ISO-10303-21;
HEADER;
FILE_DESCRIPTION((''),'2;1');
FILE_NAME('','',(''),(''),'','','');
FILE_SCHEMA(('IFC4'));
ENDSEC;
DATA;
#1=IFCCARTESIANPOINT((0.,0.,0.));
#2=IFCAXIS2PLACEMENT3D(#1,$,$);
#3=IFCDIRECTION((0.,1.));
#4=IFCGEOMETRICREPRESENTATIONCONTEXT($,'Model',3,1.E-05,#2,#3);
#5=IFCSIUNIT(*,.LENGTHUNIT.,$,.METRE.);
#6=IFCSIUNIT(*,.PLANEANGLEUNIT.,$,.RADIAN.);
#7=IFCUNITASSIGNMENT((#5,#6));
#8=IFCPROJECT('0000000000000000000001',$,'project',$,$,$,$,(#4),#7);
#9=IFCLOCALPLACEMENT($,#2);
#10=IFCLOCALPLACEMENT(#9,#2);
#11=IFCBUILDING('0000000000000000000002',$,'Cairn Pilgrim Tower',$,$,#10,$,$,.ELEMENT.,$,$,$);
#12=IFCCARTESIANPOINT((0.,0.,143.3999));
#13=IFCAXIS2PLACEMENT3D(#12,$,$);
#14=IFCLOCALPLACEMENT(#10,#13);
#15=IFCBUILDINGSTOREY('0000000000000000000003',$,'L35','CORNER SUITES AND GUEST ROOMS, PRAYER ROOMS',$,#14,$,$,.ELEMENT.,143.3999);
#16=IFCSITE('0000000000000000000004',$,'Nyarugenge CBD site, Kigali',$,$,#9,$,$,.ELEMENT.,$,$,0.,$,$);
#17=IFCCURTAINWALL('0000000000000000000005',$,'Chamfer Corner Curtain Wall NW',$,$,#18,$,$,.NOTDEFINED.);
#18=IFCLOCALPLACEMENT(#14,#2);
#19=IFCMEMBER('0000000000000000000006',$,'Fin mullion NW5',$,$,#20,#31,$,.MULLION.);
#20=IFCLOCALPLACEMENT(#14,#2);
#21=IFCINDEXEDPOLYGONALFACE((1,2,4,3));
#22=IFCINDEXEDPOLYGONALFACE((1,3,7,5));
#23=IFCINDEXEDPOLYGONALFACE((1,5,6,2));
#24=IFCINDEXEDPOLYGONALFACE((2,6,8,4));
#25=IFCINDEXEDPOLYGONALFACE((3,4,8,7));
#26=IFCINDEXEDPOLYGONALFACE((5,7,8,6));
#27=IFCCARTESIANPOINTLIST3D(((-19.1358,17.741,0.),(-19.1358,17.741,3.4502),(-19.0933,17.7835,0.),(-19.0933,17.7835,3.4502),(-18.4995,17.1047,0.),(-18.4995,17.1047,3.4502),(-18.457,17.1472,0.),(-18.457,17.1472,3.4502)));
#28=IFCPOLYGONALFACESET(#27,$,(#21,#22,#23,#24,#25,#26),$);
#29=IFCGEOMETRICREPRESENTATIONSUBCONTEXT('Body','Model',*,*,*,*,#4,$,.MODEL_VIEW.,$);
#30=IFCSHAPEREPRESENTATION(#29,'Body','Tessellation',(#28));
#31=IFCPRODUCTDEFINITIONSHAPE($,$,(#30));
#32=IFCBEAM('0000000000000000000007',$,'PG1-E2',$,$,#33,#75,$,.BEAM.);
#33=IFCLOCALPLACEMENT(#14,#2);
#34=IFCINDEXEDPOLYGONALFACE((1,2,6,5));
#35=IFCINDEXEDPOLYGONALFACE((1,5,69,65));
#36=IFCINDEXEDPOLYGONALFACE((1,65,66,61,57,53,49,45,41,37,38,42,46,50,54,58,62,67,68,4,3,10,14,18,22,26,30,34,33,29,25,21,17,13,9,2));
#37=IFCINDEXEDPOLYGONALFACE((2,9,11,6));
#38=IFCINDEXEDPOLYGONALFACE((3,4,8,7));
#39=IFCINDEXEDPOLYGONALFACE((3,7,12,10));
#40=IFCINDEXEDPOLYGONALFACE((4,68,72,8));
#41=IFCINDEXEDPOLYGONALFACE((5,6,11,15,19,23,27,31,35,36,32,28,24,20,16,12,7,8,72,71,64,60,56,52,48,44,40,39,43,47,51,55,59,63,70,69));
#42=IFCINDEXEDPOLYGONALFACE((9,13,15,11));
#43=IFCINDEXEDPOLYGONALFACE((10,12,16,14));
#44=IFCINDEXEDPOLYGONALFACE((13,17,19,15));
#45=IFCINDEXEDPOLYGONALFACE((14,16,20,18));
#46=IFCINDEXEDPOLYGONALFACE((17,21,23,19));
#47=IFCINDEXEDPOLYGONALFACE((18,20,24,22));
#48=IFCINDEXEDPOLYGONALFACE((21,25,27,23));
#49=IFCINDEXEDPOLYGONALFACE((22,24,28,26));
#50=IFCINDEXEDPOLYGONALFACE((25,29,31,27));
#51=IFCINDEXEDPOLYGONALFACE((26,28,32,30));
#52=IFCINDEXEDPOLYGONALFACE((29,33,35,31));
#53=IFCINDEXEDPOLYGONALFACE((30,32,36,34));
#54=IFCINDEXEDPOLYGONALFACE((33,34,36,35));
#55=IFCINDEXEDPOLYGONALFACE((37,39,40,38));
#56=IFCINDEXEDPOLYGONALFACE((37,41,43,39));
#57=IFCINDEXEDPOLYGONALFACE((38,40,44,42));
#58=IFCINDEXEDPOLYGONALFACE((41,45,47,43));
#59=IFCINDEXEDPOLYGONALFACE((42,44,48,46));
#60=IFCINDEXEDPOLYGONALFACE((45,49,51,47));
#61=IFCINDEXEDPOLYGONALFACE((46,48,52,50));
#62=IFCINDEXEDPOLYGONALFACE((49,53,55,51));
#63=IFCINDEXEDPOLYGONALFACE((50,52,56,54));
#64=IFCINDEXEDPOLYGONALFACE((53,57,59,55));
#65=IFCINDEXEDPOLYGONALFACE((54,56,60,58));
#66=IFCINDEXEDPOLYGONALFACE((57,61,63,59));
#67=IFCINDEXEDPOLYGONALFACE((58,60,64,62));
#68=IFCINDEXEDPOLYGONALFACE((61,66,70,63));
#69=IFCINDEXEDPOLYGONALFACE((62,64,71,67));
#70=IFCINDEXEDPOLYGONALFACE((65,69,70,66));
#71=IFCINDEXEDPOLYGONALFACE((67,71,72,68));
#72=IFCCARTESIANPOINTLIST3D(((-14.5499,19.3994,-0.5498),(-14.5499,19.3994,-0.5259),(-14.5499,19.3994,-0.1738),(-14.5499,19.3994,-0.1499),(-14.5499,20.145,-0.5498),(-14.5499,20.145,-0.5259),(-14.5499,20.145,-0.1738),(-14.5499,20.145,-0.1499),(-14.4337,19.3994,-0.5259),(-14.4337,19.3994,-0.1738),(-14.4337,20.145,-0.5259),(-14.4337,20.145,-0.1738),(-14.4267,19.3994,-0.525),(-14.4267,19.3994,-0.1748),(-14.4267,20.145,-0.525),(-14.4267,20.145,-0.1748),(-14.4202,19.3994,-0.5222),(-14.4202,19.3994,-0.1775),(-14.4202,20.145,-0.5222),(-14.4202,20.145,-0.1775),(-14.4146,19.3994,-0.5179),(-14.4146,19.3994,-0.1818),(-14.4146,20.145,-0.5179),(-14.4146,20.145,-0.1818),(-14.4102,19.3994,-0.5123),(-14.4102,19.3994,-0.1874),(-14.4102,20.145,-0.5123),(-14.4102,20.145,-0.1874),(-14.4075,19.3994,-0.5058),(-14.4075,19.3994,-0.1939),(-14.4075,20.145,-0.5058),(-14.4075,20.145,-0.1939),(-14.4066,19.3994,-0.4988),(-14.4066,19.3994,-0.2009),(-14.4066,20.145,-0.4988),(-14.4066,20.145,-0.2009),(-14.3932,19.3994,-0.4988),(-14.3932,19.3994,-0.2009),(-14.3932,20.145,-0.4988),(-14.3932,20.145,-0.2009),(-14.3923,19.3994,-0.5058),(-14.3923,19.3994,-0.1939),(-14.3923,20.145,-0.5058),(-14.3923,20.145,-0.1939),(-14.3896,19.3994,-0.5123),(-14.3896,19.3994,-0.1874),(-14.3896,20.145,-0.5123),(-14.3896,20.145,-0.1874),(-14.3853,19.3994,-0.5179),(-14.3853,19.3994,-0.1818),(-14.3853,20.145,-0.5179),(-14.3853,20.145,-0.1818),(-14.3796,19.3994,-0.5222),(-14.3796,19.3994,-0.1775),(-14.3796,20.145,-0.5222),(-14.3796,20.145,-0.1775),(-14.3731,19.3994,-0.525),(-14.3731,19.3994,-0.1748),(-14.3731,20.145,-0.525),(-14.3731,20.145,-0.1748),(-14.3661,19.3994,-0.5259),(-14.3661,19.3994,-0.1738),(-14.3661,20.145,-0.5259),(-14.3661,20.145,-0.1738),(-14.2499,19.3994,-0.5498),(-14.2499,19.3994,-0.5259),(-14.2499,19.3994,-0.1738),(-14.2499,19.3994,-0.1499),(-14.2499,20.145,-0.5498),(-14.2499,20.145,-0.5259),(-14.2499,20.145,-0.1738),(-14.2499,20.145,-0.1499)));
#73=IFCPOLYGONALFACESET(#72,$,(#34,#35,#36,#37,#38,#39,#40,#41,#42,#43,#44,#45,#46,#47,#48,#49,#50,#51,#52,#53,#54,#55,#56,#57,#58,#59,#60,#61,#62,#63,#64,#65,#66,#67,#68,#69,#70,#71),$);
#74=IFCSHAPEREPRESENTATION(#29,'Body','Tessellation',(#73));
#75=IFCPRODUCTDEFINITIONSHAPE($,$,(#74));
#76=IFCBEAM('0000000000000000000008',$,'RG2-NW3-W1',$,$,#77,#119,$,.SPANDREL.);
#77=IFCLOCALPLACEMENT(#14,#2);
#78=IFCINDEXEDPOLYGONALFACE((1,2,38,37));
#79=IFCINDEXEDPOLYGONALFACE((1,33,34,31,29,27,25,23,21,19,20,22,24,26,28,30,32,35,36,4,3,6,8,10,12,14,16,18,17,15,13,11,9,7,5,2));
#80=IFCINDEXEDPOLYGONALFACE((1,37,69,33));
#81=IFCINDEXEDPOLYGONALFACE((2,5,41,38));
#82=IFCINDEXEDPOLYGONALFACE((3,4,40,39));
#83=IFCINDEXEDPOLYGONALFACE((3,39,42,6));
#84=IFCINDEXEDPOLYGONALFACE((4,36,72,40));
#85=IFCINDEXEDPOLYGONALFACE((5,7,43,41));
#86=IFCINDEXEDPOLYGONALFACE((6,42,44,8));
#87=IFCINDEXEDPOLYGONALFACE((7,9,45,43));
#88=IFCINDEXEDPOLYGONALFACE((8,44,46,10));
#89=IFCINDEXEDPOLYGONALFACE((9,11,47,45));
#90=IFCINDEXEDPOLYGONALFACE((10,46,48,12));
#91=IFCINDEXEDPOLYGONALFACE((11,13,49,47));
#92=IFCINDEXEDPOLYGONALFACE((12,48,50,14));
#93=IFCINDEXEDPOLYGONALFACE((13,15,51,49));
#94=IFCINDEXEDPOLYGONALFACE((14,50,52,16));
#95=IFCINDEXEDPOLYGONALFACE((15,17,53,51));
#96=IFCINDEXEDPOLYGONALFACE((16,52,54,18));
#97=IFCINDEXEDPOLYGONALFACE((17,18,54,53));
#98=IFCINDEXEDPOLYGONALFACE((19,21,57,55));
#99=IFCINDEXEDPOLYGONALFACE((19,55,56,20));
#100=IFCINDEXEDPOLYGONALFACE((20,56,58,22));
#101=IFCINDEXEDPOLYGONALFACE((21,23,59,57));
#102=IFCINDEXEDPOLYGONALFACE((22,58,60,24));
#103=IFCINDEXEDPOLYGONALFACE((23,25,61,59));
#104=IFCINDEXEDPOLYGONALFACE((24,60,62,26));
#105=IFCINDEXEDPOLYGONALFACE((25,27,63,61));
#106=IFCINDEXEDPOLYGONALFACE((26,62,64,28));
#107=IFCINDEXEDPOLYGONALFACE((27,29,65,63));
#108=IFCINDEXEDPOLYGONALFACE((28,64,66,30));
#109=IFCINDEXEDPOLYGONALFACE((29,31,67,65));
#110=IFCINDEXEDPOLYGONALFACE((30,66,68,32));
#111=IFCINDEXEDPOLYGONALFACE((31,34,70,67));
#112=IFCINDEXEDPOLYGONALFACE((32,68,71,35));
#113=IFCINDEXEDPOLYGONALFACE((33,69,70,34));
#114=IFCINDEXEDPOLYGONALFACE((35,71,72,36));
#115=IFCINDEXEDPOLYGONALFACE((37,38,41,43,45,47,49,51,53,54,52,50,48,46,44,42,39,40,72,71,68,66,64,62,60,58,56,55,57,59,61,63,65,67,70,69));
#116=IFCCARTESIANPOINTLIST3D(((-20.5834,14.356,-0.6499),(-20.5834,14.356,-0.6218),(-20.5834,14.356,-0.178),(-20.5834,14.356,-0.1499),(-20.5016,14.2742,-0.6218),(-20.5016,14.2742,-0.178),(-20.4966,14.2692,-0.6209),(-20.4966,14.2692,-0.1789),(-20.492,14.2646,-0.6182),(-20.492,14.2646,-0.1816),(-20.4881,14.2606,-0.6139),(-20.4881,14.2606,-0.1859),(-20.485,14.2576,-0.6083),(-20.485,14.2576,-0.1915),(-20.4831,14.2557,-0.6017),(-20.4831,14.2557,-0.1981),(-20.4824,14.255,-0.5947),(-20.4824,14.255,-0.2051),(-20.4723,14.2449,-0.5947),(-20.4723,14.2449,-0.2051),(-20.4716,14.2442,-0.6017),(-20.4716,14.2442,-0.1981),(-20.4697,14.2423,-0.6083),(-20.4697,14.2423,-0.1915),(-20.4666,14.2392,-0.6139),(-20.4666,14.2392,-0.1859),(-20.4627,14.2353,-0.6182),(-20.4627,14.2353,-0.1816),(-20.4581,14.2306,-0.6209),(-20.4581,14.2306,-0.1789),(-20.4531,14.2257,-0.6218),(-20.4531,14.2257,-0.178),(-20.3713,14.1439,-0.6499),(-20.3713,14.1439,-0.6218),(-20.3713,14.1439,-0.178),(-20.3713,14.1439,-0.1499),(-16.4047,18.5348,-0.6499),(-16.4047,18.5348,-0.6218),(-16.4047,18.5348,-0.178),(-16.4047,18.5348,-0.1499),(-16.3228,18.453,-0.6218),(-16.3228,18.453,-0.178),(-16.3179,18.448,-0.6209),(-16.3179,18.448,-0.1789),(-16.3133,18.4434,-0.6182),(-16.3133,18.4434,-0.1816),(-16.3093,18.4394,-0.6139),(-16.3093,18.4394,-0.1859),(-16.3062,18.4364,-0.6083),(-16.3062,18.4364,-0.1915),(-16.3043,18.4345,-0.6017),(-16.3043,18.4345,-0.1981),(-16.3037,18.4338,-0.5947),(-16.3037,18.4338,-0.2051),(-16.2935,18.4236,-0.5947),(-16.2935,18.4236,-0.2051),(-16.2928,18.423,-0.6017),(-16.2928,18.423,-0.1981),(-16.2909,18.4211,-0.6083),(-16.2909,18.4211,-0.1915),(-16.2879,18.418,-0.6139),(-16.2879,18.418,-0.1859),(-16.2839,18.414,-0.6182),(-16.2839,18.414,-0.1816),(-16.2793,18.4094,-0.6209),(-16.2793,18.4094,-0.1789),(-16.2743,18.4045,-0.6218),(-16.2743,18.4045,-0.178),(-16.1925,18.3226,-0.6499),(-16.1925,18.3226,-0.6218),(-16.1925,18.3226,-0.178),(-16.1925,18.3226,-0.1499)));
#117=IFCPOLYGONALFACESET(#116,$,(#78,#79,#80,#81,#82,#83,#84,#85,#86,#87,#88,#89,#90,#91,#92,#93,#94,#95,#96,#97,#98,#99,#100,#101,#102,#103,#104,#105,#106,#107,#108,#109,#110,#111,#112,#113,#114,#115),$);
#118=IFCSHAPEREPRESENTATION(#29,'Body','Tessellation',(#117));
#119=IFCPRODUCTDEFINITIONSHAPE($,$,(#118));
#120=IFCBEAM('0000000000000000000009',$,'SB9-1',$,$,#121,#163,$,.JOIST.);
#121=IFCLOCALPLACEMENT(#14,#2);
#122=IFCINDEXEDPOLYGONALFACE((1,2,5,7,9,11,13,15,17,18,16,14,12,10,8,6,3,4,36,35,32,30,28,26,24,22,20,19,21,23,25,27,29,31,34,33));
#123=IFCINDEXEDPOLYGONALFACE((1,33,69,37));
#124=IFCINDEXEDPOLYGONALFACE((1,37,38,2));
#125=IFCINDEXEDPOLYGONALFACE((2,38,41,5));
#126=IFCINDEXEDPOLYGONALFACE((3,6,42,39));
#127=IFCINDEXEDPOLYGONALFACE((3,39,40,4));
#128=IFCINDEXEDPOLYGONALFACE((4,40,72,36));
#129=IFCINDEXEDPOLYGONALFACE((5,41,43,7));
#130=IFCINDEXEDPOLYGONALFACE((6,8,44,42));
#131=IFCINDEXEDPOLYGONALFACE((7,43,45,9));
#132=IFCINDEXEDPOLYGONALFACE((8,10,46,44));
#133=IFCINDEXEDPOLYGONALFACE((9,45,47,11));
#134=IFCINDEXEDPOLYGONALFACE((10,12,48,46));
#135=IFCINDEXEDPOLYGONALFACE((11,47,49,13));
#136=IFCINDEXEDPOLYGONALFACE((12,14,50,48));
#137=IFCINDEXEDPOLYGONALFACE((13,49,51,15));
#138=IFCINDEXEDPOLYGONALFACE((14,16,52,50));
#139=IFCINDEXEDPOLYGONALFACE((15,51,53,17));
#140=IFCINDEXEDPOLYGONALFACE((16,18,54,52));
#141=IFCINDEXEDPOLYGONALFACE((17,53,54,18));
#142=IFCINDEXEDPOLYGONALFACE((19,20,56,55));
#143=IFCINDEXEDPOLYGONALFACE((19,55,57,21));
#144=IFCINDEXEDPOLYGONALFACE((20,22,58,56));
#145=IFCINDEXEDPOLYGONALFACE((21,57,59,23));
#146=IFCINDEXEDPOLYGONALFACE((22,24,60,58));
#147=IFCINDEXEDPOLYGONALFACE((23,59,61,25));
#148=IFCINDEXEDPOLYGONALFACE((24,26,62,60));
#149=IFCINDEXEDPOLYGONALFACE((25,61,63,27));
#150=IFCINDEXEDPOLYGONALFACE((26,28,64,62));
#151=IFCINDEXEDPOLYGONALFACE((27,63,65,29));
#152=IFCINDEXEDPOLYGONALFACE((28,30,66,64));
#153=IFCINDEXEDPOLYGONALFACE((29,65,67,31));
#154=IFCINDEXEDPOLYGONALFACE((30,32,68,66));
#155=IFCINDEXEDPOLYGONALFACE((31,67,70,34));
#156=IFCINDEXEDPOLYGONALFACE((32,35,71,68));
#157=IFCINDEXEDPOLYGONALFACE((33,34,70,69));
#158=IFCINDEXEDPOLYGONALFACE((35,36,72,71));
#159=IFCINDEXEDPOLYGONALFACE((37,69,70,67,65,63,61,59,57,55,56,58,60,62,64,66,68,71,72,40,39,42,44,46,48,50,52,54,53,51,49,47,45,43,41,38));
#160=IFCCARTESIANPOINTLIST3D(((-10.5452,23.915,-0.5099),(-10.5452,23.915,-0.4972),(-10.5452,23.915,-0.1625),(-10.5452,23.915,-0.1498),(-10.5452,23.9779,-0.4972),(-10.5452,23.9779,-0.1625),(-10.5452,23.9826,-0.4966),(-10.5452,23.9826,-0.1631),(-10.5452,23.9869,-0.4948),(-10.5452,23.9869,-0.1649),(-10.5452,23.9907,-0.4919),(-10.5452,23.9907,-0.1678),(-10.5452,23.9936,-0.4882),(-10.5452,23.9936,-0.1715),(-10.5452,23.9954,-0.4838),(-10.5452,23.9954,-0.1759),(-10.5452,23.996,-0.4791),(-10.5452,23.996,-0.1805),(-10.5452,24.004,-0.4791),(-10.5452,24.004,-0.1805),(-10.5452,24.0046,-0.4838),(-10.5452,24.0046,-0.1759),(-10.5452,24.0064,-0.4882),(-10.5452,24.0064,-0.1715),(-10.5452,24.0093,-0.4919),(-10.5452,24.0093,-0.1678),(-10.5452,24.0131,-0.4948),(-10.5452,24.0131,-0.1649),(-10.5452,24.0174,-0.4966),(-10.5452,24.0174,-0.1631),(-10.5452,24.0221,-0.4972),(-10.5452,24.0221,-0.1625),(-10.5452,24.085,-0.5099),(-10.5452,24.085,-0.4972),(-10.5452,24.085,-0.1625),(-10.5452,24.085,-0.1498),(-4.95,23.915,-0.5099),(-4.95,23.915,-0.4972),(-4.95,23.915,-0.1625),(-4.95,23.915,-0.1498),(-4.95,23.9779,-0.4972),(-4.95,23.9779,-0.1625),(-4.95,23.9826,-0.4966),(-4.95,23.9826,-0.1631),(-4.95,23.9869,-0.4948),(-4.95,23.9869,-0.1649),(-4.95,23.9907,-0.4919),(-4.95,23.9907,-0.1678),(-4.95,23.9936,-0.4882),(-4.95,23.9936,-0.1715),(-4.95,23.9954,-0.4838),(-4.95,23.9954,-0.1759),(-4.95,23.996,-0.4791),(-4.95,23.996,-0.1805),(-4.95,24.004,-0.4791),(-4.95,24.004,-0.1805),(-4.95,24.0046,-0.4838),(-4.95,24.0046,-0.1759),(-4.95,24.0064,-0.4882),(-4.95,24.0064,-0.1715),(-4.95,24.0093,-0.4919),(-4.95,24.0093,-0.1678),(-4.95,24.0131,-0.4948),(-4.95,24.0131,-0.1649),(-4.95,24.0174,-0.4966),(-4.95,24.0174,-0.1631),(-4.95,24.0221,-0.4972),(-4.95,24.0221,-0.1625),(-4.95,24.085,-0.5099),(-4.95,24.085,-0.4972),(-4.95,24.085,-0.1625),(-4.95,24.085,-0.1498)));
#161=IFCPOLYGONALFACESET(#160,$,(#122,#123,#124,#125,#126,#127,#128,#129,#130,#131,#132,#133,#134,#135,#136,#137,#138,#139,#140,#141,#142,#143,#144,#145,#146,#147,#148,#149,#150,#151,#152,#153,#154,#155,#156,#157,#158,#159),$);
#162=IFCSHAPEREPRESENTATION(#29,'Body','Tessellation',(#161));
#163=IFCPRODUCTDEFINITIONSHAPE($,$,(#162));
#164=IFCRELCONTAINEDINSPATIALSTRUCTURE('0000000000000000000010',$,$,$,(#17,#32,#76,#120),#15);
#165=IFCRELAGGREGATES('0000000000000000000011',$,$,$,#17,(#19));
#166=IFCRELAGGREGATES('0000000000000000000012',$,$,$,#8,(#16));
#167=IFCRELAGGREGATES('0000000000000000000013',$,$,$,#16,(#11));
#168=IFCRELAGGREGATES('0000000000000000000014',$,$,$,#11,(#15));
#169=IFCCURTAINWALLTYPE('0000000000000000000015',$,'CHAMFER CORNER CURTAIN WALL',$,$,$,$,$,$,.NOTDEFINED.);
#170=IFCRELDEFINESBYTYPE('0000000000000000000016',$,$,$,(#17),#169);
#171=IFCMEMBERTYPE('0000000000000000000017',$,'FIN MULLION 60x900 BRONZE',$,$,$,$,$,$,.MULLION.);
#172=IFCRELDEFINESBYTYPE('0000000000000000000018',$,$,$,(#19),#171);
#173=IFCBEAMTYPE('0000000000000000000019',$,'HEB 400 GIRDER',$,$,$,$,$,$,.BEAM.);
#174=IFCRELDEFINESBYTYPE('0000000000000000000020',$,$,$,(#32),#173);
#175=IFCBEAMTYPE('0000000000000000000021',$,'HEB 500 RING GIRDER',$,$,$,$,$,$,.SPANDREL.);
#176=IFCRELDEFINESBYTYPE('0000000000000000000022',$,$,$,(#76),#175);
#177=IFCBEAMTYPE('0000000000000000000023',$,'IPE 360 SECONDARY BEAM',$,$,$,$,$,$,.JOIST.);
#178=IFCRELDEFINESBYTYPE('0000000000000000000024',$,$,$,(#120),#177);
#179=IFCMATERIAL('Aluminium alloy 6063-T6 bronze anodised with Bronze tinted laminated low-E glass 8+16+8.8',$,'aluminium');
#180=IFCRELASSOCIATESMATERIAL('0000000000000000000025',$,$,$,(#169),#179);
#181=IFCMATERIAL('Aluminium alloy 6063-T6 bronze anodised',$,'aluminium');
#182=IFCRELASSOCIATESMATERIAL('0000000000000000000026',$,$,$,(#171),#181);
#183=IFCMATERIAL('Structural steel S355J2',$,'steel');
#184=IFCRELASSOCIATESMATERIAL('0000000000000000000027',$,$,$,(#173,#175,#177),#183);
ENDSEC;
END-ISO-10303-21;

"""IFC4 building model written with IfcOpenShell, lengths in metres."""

from ifc_helpers import new_model, si_unit, direction, frame, origin, origin_2d, place, context, subcontext, project, spatial, rectangle, i_section, extrude, material, material_profile, profile_set, type_object, element, aggregate, save


model = new_model("IFC4")

# Units and contexts
model_context = context("Model", 3, precision=1e-05, world=origin(), true_north=direction((0.0, 1.0)))
body_context = subcontext(model_context, "Body", "Model", "MODEL_VIEW")
ifc_project = project(units=[si_unit("LENGTHUNIT", "METRE"), si_unit("PLANEANGLEUNIT", "RADIAN")], contexts=[model_context])

# Site, building, storey
site_placement = place(None, origin())
site = spatial("IfcSite", under=ifc_project, at=site_placement, Name="Nyarugenge CBD site, Kigali", CompositionType="ELEMENT", RefElevation=0.0)
building_placement = place(site_placement, origin())
building = spatial("IfcBuilding", under=site, at=building_placement, Name="Cairn Pilgrim Tower", CompositionType="ELEMENT")
storey_placement = place(building_placement, frame((0.0, 0.0, 143.3999)))
storey = spatial("IfcBuildingStorey", under=building, at=storey_placement, Name="L35", Description="CORNER SUITES AND GUEST ROOMS, PRAYER ROOMS", CompositionType="ELEMENT", Elevation=143.3999)

# Shared definitions
ifc_material_1 = material(Name="Structural steel S355J2", Category="steel")

# Curtain wall, member
ifc_material_2 = material(Name="Aluminium alloy 6063-T6 bronze anodised with Bronze tinted laminated low-E glass 8+16+8.8", Category="aluminium")
curtain_wall_type = type_object("IfcCurtainWallType", Name="CHAMFER CORNER CURTAIN WALL", PredefinedType="NOTDEFINED", material=ifc_material_2)
curtain_wall_placement = place(storey_placement, origin())
curtain_wall = element("IfcCurtainWall", 1, at=curtain_wall_placement, inside=storey, type_object=curtain_wall_type, Name="Chamfer Corner Curtain Wall NW", PredefinedType="NOTDEFINED")
ifc_material_3 = material(Name="Aluminium alloy 6063-T6 bronze anodised", Category="aluminium")
ifc_material_profile_1 = material_profile(ifc_material_3, rectangle(XDim=0.8999, YDim=0.0601, at=origin_2d()), Name="FIN MULLION 60x900 BRONZE")
ifc_profile_set_1 = profile_set([ifc_material_profile_1], Name="Aluminium alloy 6063-T6 bronze anodised")
member_type_1 = type_object("IfcMemberType", Name="FIN MULLION 60x900 BRONZE", PredefinedType="MULLION", material=ifc_profile_set_1)
member_1_placement = place(storey_placement, frame((-18.7964, 17.4441, 0.0), z_axis=(0.0, 0.0, 1.0), x_axis=(-0.707107, 0.707107, 0.0)))
member_1 = element("IfcMember", 2, at=member_1_placement, type_object=member_type_1, Name="Fin mullion NW5", PredefinedType="MULLION", context=body_context, shape_type="SweptSolid", body=[
    extrude(rectangle(XDim=0.8999, YDim=0.0601, at=origin_2d()), origin(), (0.0, 0.0, 1.0), 3.4502),
])

# Beams
ifc_material_profile_2 = material_profile(ifc_material_1, i_section(OverallWidth=0.3, OverallDepth=0.3999, WebThickness=0.0134, FlangeThickness=0.0239, FilletRadius=0.0271, at=origin_2d()), Name="HEB 400")
ifc_profile_set_2 = profile_set([ifc_material_profile_2], Name="Structural steel S355J2")
beam_type_1 = type_object("IfcBeamType", Name="HEB 400 GIRDER", PredefinedType="BEAM", material=ifc_profile_set_2)
beam_1_placement = place(storey_placement, frame((-14.3999, 19.3994, -0.3499), z_axis=(0.0, 1.0, 0.0), x_axis=(-1.0, 0.0, 0.0)))
element("IfcBeam", 3, at=beam_1_placement, inside=storey, type_object=beam_type_1, Name="PG1-E2", PredefinedType="BEAM", context=body_context, shape_type="SweptSolid", body=[
    extrude(i_section(OverallWidth=0.3, OverallDepth=0.3999, WebThickness=0.0134, FlangeThickness=0.0239, FilletRadius=0.0271, at=origin_2d()), origin(), (0.0, 0.0, 1.0), 0.7456),
])
ifc_material_profile_3 = material_profile(ifc_material_1, i_section(OverallWidth=0.3, OverallDepth=0.5, WebThickness=0.0144, FlangeThickness=0.0281, FilletRadius=0.0271, at=origin_2d()), Name="HEB 500")
ifc_profile_set_3 = profile_set([ifc_material_profile_3], Name="Structural steel S355J2")
beam_type_2 = type_object("IfcBeamType", Name="HEB 500 RING GIRDER", PredefinedType="SPANDREL", material=ifc_profile_set_3)
beam_2_placement = place(storey_placement, frame((-16.2986, 18.4287, -0.3999), z_axis=(-0.707107, -0.707107, 0.0), x_axis=(0.707107, -0.707107, 0.0)))
element("IfcBeam", 4, at=beam_2_placement, inside=storey, type_object=beam_type_2, Name="RG2-NW3-W1", PredefinedType="SPANDREL", context=body_context, shape_type="SweptSolid", body=[
    extrude(i_section(OverallWidth=0.3, OverallDepth=0.5, WebThickness=0.0144, FlangeThickness=0.0281, FilletRadius=0.0271, at=origin_2d()), origin(), (0.0, 0.0, 1.0), 5.9097),
])
ifc_material_profile_4 = material_profile(ifc_material_1, i_section(OverallWidth=0.1699, OverallDepth=0.3601, WebThickness=0.0081, FlangeThickness=0.0127, FilletRadius=0.0181, at=origin_2d()), Name="IPE 360")
ifc_profile_set_4 = profile_set([ifc_material_profile_4], Name="Structural steel S355J2")
beam_type_3 = type_object("IfcBeamType", Name="IPE 360 SECONDARY BEAM", PredefinedType="JOIST", material=ifc_profile_set_4)
beam_3_placement = place(storey_placement, frame((-10.5452, 24.0, -0.3298), z_axis=(1.0, 0.0, 0.0), x_axis=(0.0, 1.0, 0.0)))
element("IfcBeam", 5, at=beam_3_placement, inside=storey, type_object=beam_type_3, Name="SB9-1", PredefinedType="JOIST", context=body_context, shape_type="SweptSolid", body=[
    extrude(i_section(OverallWidth=0.1699, OverallDepth=0.3601, WebThickness=0.0081, FlangeThickness=0.0127, FilletRadius=0.0181, at=origin_2d()), origin(), (0.0, 0.0, 1.0), 5.5952),
])

aggregate(curtain_wall, [member_1])

save(model, "model.ifc")
